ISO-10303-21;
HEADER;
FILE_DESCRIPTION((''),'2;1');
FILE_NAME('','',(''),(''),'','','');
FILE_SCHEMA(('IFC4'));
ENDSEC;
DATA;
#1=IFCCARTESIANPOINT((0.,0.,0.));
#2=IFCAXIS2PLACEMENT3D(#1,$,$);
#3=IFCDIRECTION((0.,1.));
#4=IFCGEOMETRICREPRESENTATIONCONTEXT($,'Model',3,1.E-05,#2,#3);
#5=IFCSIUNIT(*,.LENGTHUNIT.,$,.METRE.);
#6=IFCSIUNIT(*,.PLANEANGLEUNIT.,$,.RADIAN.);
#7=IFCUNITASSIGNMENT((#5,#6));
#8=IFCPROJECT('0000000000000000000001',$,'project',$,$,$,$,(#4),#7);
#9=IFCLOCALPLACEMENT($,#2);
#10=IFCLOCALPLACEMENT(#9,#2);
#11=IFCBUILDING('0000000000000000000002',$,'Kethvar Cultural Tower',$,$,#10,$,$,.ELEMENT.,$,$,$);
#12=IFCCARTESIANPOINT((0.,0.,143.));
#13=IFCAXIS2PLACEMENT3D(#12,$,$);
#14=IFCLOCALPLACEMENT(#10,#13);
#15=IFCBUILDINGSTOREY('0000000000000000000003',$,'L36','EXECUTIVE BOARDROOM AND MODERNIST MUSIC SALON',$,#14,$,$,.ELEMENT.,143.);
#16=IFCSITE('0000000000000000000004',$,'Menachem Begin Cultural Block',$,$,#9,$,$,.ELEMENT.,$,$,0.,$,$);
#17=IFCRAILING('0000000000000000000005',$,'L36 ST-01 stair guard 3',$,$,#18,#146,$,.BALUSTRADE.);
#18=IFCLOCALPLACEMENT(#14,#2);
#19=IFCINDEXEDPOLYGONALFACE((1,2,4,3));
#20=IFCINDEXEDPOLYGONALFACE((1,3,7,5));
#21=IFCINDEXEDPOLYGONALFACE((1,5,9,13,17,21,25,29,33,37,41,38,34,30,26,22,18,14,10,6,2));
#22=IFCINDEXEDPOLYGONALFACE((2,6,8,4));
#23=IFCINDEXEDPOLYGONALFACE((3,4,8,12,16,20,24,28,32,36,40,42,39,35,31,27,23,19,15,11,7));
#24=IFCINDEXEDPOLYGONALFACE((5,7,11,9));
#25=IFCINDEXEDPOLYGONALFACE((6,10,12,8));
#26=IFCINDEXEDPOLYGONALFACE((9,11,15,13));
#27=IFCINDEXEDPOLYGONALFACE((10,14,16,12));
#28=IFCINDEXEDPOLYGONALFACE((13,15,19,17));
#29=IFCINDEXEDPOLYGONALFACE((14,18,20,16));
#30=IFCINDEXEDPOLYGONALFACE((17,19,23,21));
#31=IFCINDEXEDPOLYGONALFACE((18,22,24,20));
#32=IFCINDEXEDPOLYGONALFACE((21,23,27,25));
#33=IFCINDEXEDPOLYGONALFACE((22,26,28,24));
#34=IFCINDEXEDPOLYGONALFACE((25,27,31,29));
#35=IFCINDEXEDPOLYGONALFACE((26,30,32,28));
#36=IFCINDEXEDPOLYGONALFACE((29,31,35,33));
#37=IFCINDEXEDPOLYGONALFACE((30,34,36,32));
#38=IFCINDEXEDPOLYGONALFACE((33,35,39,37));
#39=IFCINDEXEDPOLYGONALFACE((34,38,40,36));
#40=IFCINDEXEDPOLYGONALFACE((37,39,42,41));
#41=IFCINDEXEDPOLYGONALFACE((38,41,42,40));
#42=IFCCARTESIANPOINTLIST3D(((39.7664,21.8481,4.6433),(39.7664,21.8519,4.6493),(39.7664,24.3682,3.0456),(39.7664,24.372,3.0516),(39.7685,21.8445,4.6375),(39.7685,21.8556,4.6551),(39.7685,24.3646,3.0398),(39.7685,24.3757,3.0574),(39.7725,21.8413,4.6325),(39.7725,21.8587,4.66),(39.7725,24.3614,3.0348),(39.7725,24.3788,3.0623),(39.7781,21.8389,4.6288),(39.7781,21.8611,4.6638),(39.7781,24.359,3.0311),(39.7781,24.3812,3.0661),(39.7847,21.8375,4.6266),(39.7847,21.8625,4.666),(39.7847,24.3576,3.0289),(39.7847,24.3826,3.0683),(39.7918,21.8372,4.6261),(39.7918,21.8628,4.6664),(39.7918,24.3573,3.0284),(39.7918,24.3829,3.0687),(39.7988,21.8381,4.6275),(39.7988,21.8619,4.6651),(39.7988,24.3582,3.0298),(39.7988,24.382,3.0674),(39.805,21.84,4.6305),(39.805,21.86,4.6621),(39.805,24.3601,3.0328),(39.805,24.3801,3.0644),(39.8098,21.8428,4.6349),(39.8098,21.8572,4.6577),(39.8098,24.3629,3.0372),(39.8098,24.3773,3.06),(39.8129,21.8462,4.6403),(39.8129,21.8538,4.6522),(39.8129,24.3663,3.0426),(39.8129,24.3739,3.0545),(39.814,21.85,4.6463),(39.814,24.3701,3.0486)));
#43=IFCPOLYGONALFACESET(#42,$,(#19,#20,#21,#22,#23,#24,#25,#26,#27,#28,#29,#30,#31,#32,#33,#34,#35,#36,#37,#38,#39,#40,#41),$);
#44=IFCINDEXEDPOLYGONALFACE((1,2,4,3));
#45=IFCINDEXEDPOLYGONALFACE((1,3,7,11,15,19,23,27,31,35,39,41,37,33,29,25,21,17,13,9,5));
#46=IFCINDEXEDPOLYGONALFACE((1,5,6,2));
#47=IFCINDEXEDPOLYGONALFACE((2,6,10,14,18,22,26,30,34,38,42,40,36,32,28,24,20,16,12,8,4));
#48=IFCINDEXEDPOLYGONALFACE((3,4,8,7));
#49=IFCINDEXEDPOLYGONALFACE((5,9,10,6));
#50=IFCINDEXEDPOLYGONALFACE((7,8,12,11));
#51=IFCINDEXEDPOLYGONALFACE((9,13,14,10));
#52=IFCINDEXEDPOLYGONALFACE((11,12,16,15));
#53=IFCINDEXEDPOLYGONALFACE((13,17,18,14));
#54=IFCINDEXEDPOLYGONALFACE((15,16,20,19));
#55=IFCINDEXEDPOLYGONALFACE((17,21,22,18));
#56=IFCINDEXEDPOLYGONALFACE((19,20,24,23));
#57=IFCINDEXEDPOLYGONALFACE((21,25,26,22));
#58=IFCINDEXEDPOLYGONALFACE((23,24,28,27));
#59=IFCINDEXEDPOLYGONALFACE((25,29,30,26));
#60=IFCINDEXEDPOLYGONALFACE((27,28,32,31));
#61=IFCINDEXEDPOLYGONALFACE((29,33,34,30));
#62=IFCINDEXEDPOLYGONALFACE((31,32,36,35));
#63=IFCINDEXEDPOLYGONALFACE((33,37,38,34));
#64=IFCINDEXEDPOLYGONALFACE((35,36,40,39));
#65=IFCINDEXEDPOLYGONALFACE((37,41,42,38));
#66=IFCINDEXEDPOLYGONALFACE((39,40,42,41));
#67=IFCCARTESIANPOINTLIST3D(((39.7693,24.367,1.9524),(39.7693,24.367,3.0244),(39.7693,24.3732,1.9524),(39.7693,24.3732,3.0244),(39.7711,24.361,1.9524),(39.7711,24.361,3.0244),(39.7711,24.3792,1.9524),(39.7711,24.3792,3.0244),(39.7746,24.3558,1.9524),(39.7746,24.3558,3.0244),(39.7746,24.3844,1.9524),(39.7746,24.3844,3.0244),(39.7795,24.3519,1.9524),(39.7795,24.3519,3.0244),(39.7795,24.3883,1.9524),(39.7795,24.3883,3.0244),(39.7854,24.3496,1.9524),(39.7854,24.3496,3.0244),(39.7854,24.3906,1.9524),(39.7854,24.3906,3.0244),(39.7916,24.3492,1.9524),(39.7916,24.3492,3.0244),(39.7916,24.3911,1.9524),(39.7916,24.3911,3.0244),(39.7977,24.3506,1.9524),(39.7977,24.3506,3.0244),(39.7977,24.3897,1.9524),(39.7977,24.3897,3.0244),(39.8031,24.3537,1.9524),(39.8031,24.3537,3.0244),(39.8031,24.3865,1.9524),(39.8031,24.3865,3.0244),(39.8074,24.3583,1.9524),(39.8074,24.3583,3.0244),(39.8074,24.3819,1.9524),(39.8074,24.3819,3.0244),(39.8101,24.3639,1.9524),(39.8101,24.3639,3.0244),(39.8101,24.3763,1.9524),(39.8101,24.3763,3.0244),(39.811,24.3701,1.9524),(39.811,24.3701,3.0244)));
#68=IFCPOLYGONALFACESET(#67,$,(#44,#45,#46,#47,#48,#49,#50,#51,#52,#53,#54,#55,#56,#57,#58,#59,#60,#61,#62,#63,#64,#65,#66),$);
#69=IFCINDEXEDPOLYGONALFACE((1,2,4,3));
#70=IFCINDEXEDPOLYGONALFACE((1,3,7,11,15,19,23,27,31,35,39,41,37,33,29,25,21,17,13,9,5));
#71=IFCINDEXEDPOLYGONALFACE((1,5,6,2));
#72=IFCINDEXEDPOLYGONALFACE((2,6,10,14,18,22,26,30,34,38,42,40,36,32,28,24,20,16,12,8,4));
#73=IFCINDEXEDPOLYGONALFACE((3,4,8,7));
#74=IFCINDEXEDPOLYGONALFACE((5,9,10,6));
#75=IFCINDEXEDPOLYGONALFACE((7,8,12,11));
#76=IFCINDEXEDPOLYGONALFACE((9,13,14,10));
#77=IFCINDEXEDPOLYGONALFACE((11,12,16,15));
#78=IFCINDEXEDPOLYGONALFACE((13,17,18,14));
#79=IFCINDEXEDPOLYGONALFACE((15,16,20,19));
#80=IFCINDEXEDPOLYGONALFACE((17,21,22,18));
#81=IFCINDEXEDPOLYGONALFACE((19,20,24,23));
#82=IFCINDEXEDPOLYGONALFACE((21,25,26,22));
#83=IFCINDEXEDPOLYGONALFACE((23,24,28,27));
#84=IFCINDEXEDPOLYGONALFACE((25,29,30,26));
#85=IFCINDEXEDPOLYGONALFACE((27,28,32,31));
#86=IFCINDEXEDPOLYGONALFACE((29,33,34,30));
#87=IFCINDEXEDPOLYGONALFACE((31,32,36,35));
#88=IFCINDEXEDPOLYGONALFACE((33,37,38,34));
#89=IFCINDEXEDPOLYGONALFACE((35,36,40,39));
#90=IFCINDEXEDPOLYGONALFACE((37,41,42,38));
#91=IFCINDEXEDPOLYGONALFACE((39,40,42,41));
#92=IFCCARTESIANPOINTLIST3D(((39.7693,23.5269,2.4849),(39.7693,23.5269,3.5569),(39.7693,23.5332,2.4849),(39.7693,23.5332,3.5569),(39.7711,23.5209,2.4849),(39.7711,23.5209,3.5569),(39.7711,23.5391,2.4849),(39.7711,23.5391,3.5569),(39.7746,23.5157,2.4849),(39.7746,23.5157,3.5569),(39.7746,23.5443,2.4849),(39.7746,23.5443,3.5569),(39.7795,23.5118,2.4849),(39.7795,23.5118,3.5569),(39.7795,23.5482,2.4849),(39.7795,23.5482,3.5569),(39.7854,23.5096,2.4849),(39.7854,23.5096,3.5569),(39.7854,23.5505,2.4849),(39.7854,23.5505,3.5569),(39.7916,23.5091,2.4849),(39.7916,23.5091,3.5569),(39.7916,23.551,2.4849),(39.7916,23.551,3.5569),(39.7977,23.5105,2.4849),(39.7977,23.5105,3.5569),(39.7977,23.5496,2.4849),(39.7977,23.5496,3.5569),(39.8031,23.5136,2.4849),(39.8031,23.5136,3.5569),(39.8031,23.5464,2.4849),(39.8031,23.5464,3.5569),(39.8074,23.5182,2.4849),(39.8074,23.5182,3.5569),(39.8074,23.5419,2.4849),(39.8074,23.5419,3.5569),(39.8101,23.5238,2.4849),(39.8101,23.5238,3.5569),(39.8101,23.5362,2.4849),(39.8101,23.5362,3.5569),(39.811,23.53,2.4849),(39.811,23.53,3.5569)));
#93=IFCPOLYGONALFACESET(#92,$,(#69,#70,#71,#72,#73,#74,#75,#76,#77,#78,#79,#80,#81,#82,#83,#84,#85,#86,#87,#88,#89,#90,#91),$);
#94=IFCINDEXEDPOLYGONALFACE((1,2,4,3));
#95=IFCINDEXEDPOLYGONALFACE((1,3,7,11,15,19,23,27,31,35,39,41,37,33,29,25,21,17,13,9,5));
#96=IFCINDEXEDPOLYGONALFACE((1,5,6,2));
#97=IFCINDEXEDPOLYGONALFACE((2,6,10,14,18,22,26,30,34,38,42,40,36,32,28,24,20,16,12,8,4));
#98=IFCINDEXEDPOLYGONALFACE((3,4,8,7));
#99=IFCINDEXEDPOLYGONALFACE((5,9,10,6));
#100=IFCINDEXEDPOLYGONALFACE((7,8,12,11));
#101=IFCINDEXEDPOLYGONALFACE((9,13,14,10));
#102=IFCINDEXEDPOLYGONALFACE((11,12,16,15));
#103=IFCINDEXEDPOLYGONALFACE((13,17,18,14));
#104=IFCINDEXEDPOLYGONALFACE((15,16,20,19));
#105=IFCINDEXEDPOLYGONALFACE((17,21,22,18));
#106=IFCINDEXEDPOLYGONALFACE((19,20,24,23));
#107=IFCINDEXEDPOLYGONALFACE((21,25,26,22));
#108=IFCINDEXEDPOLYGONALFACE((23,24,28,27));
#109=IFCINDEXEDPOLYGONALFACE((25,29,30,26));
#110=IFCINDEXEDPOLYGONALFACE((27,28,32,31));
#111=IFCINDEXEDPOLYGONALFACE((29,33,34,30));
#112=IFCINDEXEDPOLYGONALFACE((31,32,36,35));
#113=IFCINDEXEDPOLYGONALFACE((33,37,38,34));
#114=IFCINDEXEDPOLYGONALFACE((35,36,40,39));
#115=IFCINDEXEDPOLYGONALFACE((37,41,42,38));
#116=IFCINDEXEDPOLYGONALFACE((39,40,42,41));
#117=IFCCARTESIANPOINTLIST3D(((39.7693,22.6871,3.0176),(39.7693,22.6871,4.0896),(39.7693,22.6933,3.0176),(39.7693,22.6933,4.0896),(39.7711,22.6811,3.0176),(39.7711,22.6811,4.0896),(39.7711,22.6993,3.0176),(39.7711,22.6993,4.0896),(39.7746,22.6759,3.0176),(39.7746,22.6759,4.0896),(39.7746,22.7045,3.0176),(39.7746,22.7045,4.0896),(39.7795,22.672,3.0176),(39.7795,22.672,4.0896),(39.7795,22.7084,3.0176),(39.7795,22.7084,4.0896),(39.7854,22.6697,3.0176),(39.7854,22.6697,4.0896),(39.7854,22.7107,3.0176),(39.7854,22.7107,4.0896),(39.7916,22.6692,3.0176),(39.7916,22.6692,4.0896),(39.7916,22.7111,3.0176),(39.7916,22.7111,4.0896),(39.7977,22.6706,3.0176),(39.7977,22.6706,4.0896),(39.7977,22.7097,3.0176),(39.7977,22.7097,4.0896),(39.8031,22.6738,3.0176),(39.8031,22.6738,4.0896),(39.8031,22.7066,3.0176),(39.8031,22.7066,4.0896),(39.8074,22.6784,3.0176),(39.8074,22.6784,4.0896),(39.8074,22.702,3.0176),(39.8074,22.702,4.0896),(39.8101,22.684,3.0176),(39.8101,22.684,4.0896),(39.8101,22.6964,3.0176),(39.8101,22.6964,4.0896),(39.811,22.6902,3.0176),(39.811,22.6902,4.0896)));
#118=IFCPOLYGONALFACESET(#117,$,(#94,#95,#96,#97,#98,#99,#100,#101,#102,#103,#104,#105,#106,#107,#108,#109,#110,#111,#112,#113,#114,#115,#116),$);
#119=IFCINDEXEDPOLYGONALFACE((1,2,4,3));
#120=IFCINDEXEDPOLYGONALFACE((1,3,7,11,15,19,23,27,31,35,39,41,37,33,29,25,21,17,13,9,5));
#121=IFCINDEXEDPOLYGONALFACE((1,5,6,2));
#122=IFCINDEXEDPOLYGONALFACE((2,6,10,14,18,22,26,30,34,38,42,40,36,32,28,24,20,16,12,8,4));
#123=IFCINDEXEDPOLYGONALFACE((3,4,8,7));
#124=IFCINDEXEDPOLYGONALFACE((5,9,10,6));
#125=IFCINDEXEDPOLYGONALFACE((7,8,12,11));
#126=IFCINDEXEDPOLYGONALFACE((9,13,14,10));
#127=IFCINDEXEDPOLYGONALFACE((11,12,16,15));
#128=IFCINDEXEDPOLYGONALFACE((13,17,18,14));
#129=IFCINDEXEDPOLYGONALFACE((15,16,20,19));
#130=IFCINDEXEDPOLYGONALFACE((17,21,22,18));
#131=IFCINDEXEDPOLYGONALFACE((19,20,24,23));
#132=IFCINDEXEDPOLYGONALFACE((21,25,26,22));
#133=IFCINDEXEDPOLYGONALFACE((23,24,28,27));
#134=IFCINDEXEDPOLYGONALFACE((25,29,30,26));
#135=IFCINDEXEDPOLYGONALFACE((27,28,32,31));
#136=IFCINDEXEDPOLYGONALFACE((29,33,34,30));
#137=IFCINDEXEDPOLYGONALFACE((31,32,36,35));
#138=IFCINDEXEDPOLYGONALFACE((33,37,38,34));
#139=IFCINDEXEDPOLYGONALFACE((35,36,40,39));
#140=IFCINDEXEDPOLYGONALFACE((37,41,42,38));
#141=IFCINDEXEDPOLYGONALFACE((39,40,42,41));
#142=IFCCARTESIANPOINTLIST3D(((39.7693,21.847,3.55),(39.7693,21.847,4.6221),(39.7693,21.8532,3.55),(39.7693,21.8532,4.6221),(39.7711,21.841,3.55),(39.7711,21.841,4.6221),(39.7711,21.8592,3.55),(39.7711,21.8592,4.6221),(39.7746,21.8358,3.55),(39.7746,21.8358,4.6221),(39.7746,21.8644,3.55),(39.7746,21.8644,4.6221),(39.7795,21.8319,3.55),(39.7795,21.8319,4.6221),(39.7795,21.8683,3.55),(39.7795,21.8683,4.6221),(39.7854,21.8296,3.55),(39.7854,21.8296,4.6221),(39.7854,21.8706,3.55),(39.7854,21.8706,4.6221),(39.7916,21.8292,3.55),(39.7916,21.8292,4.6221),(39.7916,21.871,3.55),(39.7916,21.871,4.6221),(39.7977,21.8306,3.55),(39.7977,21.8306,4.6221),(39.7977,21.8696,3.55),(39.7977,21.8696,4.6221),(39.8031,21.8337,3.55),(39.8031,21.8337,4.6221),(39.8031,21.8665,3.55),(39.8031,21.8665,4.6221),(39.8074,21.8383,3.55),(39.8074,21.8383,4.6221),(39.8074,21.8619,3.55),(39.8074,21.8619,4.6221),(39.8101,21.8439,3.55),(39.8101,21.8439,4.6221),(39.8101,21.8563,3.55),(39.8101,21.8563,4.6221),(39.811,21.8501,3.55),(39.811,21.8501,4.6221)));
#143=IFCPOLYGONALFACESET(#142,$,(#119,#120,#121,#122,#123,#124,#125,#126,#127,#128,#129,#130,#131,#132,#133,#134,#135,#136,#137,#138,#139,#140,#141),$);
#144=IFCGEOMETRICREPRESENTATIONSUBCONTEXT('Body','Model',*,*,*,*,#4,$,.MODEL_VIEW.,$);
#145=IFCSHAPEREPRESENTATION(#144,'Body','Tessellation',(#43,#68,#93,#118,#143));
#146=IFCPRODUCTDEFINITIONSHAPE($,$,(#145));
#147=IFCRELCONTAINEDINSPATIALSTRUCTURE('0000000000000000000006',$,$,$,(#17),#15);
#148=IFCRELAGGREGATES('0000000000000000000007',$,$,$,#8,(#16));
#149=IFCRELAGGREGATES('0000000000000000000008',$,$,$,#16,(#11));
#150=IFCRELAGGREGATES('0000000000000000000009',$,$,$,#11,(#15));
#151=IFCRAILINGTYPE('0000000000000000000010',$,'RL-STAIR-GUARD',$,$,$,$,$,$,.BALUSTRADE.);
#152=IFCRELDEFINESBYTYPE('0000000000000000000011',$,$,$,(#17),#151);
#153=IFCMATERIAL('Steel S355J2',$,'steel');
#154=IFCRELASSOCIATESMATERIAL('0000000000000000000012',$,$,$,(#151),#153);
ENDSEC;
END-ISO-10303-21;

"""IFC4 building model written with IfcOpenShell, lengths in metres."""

from ifc_helpers import new_model, si_unit, direction, frame, origin, origin_2d, place, context, subcontext, project, spatial, circle, extrude, material, type_object, element, save


model = new_model("IFC4")

# Units and contexts
model_context = context("Model", 3, precision=1e-05, world=origin(), true_north=direction((0.0, 1.0)))
body_context = subcontext(model_context, "Body", "Model", "MODEL_VIEW")
ifc_project = project(units=[si_unit("LENGTHUNIT", "METRE"), si_unit("PLANEANGLEUNIT", "RADIAN")], contexts=[model_context])

# Site, building, storey
site_placement = place(None, origin())
site = spatial("IfcSite", under=ifc_project, at=site_placement, Name="Menachem Begin Cultural Block", CompositionType="ELEMENT", RefElevation=0.0)
building_placement = place(site_placement, origin())
building = spatial("IfcBuilding", under=site, at=building_placement, Name="Kethvar Cultural Tower", CompositionType="ELEMENT")
storey_placement = place(building_placement, frame((0.0, 0.0, 143.0)))
storey = spatial("IfcBuildingStorey", under=building, at=storey_placement, Name="L36", Description="EXECUTIVE BOARDROOM AND MODERNIST MUSIC SALON", CompositionType="ELEMENT", Elevation=143.0)

# Shared definitions
ifc_material_1 = material(Name="Steel S355J2", Category="steel")

# Railing
railing_type_1 = type_object("IfcRailingType", Name="RL-STAIR-GUARD", PredefinedType="BALUSTRADE", material=ifc_material_1)
railing_1_placement = place(storey_placement, frame((39.79, 24.3701, 1.9524)))
element("IfcRailing", 1, at=railing_1_placement, inside=storey, type_object=railing_type_1, Name="L36 ST-01 stair guard 3", PredefinedType="BALUSTRADE", context=body_context, shape_type="SweptSolid", body=[
    extrude(circle(Radius=0.0239, at=origin_2d()), frame((0.0, 0.0, 1.0962), z_axis=(0.0, -0.84457, 0.535445), x_axis=(1.0, 0.0, 0.0)), (0.0, 0.0, 1.0), 2.9839),
    extrude(circle(Radius=0.021, at=origin_2d()), origin(), (0.0, 0.0, 1.0), 1.072),
    extrude(circle(Radius=0.021, at=origin_2d()), frame((0.0, -0.8401, 0.5325)), (0.0, 0.0, 1.0), 1.072),
    extrude(circle(Radius=0.021, at=origin_2d()), frame((0.0, -1.6799, 1.0652)), (0.0, 0.0, 1.0), 1.072),
    extrude(circle(Radius=0.021, at=origin_2d()), frame((0.0, -2.52, 1.5977)), (0.0, 0.0, 1.0), 1.072),
])

save(model, "model.ifc")
